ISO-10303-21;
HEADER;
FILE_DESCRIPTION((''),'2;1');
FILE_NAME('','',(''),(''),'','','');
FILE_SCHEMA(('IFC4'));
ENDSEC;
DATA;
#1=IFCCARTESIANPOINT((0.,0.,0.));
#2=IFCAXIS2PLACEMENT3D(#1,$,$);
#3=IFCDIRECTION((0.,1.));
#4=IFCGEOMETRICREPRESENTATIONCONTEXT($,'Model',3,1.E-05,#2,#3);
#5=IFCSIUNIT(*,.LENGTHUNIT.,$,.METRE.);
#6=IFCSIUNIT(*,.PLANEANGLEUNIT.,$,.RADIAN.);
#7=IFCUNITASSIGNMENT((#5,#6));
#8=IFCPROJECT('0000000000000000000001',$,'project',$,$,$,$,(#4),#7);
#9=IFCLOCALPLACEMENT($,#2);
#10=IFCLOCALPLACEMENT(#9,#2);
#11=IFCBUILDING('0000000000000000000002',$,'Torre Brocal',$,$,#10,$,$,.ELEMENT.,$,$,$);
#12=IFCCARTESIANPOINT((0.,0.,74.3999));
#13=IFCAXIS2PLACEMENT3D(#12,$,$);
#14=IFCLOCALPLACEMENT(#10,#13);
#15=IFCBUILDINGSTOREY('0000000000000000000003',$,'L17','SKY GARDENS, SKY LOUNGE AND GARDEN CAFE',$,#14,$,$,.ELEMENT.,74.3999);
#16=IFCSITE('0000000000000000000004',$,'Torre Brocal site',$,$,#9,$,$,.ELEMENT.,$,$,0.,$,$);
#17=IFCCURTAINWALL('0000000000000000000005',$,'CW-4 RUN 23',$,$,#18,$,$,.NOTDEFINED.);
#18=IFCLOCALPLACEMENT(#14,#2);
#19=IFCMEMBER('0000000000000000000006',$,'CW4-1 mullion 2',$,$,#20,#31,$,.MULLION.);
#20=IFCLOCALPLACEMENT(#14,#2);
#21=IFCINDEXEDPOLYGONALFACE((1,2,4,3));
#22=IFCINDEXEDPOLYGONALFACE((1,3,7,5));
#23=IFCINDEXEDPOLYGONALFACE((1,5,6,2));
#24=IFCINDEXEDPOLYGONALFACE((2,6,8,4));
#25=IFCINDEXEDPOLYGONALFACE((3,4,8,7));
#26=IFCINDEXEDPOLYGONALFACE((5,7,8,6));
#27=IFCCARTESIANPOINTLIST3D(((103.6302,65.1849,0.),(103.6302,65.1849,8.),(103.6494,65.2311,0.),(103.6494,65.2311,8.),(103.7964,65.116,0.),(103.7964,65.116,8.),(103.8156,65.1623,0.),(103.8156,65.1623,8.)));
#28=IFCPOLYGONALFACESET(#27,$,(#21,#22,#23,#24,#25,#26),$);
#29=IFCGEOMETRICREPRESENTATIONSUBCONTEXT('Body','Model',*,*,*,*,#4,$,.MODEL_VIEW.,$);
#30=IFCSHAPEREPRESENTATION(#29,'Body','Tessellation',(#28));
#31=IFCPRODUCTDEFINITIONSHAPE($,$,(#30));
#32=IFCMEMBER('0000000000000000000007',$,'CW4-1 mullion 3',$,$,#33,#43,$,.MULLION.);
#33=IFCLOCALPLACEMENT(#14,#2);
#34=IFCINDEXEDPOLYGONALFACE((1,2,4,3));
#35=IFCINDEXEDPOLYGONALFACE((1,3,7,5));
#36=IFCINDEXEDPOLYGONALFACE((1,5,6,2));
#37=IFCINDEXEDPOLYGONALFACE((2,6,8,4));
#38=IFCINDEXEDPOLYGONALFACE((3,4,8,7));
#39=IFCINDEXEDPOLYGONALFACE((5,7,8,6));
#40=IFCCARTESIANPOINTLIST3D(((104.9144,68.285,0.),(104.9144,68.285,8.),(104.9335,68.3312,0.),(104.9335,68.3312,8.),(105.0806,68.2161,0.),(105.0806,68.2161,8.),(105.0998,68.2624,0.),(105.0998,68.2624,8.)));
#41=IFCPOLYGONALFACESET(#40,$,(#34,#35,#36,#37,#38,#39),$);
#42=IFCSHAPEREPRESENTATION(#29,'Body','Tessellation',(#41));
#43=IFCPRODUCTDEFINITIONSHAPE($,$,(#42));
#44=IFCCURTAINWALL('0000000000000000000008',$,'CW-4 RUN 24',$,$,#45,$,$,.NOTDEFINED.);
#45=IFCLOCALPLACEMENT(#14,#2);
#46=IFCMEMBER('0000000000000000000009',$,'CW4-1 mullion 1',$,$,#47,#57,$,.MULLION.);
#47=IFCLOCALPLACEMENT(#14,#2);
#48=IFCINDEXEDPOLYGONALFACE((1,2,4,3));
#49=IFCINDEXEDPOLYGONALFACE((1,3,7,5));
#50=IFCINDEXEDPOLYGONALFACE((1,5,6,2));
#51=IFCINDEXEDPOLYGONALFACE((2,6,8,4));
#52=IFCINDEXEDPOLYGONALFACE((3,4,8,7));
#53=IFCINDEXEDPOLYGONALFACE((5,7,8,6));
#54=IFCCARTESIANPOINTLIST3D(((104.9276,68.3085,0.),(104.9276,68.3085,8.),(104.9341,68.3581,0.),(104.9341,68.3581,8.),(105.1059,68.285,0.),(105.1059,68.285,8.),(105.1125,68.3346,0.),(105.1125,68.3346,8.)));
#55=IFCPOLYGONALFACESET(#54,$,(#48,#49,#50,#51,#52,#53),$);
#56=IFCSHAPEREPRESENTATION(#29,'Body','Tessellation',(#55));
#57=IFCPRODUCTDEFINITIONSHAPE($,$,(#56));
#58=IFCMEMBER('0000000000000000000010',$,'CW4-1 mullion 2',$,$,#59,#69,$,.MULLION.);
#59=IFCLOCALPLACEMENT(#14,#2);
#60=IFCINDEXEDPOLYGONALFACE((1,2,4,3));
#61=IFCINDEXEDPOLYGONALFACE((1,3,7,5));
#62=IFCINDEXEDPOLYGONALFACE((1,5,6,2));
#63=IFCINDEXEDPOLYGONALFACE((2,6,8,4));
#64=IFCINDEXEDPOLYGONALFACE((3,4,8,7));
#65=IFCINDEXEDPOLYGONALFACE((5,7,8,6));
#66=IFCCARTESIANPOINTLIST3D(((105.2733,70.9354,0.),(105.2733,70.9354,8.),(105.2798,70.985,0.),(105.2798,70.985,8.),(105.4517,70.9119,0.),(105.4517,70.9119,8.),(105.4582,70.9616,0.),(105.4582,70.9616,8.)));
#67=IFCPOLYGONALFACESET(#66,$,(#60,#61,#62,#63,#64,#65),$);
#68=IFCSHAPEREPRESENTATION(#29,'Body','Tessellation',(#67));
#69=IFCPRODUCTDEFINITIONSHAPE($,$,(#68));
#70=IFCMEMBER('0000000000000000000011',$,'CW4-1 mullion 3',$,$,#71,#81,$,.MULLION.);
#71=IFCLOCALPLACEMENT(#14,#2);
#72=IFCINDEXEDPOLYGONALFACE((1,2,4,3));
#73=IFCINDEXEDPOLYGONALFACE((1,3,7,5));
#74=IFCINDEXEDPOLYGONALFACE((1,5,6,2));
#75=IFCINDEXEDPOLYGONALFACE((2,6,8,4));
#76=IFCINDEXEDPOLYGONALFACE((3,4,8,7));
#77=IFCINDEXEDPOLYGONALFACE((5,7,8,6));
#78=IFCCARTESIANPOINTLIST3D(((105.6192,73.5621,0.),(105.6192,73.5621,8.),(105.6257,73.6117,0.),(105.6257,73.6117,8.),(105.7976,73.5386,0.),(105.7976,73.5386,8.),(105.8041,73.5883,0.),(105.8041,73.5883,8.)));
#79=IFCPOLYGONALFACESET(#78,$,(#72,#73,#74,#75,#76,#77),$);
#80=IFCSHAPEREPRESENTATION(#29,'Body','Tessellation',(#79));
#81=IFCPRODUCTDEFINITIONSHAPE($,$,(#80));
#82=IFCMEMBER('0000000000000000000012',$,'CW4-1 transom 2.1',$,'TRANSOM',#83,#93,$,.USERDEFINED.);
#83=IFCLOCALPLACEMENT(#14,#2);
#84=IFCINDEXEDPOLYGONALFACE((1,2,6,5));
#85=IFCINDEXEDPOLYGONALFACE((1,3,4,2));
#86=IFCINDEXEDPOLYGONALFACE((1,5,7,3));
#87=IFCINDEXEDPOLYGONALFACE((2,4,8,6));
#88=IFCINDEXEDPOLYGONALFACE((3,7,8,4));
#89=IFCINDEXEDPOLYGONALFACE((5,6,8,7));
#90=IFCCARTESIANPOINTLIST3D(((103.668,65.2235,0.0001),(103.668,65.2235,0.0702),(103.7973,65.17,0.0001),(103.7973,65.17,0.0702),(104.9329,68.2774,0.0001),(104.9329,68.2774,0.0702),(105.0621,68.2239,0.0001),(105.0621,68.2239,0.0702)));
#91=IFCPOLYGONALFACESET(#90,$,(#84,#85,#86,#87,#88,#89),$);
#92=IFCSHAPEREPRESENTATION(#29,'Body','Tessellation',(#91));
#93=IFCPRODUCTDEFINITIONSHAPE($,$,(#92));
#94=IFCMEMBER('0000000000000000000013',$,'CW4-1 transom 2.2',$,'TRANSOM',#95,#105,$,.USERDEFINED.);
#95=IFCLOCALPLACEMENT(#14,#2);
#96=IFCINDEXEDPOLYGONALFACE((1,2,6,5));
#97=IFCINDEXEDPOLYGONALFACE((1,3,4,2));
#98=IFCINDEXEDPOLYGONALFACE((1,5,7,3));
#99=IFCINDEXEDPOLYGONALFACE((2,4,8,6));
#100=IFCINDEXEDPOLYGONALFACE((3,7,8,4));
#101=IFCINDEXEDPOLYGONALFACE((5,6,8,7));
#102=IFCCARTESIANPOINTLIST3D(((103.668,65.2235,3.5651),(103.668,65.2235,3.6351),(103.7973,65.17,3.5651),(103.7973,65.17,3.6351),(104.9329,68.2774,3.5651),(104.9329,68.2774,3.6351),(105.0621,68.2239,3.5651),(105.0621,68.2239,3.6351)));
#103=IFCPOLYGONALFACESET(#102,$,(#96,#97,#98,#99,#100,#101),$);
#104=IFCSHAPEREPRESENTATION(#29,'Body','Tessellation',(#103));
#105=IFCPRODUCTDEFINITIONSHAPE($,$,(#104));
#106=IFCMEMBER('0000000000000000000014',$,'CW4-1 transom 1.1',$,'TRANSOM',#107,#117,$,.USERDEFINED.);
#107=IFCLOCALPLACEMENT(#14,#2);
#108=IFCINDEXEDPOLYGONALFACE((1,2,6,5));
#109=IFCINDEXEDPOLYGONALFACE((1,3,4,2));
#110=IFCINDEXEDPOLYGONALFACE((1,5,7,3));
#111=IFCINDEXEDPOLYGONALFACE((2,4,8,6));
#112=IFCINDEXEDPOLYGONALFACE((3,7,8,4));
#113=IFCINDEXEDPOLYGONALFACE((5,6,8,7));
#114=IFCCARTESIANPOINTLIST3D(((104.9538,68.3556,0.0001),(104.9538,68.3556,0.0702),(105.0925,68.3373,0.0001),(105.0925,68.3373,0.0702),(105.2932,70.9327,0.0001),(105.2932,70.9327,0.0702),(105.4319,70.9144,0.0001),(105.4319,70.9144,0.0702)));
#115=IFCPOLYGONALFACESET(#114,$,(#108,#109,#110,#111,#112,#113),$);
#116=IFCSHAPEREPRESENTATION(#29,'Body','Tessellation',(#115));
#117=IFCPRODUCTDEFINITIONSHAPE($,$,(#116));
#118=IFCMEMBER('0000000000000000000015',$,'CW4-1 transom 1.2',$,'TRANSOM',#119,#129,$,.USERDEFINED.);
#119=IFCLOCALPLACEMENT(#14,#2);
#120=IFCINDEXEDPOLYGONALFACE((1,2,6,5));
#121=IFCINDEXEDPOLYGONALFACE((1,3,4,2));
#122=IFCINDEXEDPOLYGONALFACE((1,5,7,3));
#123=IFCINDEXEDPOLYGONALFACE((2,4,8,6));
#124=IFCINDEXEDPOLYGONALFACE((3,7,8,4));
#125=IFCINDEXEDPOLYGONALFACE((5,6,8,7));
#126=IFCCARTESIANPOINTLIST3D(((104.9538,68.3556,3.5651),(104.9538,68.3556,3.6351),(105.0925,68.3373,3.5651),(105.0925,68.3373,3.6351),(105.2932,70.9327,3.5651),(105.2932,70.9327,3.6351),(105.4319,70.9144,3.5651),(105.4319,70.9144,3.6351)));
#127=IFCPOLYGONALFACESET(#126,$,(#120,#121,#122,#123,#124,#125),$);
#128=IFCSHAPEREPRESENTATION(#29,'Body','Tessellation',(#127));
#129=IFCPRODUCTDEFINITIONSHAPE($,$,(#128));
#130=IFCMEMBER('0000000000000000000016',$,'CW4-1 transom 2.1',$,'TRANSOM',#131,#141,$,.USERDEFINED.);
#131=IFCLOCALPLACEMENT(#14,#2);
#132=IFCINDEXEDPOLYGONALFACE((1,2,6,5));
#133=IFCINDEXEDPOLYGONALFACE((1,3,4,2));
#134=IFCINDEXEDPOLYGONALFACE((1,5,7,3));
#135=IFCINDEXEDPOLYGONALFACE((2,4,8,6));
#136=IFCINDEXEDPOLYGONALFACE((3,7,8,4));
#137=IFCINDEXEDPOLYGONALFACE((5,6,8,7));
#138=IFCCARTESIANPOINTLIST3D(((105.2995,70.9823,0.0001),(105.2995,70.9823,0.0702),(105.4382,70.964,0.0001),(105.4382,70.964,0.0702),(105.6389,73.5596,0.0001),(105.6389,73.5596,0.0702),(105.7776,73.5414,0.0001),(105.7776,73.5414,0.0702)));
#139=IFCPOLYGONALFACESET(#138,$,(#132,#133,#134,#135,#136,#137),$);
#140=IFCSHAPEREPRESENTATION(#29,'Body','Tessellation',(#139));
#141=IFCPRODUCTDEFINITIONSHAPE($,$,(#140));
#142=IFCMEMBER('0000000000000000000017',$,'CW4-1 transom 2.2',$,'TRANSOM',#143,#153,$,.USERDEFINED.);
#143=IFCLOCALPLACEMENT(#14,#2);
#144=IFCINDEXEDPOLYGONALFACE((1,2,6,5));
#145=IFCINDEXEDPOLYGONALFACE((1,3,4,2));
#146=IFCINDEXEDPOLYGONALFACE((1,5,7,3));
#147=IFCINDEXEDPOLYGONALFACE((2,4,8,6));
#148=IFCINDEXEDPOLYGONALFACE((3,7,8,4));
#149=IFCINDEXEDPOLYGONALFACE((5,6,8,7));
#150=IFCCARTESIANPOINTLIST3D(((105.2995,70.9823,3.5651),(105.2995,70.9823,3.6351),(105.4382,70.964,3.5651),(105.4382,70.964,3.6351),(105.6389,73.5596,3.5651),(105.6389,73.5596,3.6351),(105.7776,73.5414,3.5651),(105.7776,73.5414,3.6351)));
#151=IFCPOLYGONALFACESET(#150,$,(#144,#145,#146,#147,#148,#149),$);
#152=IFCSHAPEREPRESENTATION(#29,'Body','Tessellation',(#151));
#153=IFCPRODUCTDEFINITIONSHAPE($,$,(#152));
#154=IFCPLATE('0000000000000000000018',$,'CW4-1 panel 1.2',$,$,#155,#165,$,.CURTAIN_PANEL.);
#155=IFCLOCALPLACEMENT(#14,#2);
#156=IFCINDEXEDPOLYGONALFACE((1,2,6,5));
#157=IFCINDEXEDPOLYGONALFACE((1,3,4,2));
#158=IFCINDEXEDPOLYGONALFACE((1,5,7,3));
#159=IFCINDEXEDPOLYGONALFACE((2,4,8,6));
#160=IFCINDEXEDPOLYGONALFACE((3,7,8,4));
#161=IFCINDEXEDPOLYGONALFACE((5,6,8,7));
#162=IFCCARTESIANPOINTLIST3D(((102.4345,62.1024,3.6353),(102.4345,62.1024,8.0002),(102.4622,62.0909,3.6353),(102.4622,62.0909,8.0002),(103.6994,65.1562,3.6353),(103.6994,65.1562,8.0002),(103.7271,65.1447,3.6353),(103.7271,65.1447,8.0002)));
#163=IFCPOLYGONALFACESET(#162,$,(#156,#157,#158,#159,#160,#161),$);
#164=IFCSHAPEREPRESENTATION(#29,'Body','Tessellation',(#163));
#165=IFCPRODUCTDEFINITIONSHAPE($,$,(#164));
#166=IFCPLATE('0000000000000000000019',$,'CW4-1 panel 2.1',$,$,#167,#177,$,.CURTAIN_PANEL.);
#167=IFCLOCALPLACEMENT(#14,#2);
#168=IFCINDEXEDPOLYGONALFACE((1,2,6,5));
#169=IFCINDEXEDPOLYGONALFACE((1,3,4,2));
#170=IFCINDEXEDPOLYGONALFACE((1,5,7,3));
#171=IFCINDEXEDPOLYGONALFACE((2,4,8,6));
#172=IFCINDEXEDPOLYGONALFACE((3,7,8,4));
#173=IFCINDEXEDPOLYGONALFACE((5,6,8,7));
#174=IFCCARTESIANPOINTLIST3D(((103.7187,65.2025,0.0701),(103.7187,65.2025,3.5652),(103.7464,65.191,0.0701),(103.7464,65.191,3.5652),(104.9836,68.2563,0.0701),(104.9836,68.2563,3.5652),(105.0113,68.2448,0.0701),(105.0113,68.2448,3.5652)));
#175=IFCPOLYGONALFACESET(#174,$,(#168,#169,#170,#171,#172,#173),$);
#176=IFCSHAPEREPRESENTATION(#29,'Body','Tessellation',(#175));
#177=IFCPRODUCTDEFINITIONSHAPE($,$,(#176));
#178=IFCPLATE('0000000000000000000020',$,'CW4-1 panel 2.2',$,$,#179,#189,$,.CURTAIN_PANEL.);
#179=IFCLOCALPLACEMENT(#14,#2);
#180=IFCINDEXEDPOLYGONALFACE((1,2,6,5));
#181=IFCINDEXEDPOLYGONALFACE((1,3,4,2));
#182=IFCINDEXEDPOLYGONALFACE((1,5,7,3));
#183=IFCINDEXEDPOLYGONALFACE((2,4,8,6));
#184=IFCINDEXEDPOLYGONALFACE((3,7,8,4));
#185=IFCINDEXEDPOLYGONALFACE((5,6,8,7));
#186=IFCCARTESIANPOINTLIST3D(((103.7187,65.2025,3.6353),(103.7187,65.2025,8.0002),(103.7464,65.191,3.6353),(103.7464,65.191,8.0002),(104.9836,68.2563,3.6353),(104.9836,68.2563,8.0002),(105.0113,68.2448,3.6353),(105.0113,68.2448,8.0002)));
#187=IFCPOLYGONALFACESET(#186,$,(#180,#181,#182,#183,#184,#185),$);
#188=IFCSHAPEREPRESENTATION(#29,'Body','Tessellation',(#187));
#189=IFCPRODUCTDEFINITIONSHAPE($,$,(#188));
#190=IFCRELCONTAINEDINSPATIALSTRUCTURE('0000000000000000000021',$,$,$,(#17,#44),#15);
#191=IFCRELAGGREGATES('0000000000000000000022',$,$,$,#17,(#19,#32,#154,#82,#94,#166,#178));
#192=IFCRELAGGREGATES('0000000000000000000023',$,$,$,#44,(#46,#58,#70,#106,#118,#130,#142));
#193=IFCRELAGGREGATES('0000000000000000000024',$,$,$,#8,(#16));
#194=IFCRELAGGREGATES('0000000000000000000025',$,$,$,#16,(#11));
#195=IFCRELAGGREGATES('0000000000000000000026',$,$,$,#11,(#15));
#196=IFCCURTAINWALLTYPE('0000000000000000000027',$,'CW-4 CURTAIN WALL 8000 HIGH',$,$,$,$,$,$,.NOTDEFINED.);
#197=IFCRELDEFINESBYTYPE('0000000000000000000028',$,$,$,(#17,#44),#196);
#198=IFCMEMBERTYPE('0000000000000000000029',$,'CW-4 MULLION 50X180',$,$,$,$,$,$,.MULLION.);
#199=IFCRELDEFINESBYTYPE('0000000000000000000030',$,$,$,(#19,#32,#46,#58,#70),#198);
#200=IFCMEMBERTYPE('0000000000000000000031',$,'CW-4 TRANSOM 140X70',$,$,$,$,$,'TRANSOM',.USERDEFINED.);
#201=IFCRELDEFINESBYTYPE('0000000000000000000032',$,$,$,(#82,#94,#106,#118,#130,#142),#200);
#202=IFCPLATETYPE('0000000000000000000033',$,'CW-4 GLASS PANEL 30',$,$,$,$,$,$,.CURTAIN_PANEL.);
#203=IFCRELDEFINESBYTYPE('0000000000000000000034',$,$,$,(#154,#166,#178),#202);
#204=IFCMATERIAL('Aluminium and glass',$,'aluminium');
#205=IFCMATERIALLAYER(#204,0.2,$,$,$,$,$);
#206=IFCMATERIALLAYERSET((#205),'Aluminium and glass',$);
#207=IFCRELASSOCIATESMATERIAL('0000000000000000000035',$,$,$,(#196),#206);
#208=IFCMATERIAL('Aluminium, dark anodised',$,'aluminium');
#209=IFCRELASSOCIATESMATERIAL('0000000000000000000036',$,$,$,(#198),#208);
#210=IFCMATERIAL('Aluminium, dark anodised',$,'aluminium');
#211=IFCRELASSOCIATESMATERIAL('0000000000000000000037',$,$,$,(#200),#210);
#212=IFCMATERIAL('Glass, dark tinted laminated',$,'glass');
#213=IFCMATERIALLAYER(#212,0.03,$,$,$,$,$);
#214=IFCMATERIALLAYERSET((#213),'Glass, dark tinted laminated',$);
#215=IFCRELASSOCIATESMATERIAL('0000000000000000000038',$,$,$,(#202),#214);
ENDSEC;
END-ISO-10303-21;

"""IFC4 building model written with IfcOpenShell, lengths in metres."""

from ifc_helpers import new_model, si_unit, direction, frame, origin, origin_2d, place, context, subcontext, project, spatial, rectangle, extrude, material, layer, layer_set, material_profile, profile_set, type_object, element, aggregate, save


model = new_model("IFC4")

# Units and contexts
model_context = context("Model", 3, precision=1e-05, world=origin(), true_north=direction((0.0, 1.0)))
body_context = subcontext(model_context, "Body", "Model", "MODEL_VIEW")
ifc_project = project(units=[si_unit("LENGTHUNIT", "METRE"), si_unit("PLANEANGLEUNIT", "RADIAN")], contexts=[model_context])

# Site, building, storey
site_placement = place(None, origin())
site = spatial("IfcSite", under=ifc_project, at=site_placement, Name="Torre Brocal site", CompositionType="ELEMENT", RefElevation=0.0)
building_placement = place(site_placement, origin())
building = spatial("IfcBuilding", under=site, at=building_placement, Name="Torre Brocal", CompositionType="ELEMENT")
storey_placement = place(building_placement, frame((0.0, 0.0, 74.3999)))
storey = spatial("IfcBuildingStorey", under=building, at=storey_placement, Name="L17", Description="SKY GARDENS, SKY LOUNGE AND GARDEN CAFE", CompositionType="ELEMENT", Elevation=74.3999)

# Curtain walls, members
ifc_material_1 = material(Name="Aluminium and glass", Category="aluminium")
ifc_layer_1 = layer(ifc_material_1, 0.2)
ifc_layer_set_1 = layer_set([ifc_layer_1], Name="Aluminium and glass")
curtain_wall_type = type_object("IfcCurtainWallType", Name="CW-4 CURTAIN WALL 8000 HIGH", PredefinedType="NOTDEFINED", material=ifc_layer_set_1)
curtain_wall_1_placement = place(storey_placement, origin())
curtain_wall_1 = element("IfcCurtainWall", 1, at=curtain_wall_1_placement, inside=storey, type_object=curtain_wall_type, Name="CW-4 RUN 23", PredefinedType="NOTDEFINED")
ifc_material_2 = material(Name="Aluminium, dark anodised", Category="aluminium")
ifc_material_profile_1 = material_profile(ifc_material_2, rectangle(XDim=0.1799, YDim=0.05, at=origin_2d()), Name="CW-4 MULLION 50X180")
ifc_profile_set_1 = profile_set([ifc_material_profile_1], Name="Aluminium, dark anodised")
member_type_1 = type_object("IfcMemberType", Name="CW-4 MULLION 50X180", PredefinedType="MULLION", material=ifc_profile_set_1)
member_1_placement = place(storey_placement, frame((103.7229, 65.1736, 0.0), z_axis=(0.0, 0.0, 1.0), x_axis=(-0.92388, 0.382683, 0.0)))
member_1 = element("IfcMember", 2, at=member_1_placement, type_object=member_type_1, Name="CW4-1 mullion 2", PredefinedType="MULLION", context=body_context, shape_type="SweptSolid", body=[
    extrude(rectangle(XDim=0.1799, YDim=0.05, at=origin_2d()), origin(), (0.0, 0.0, 1.0), 8.0),
])
member_2_placement = place(storey_placement, frame((105.0071, 68.2737, 0.0), z_axis=(0.0, 0.0, 1.0), x_axis=(-0.92388, 0.382683, 0.0)))
member_2 = element("IfcMember", 3, at=member_2_placement, type_object=member_type_1, Name="CW4-1 mullion 3", PredefinedType="MULLION", context=body_context, shape_type="SweptSolid", body=[
    extrude(rectangle(XDim=0.1799, YDim=0.05, at=origin_2d()), origin(), (0.0, 0.0, 1.0), 8.0),
])
curtain_wall_2_placement = place(storey_placement, origin())
curtain_wall_2 = element("IfcCurtainWall", 4, at=curtain_wall_2_placement, inside=storey, type_object=curtain_wall_type, Name="CW-4 RUN 24", PredefinedType="NOTDEFINED")
member_3_placement = place(storey_placement, frame((105.02, 68.3215, 0.0), z_axis=(0.0, 0.0, 1.0), x_axis=(-0.991445, 0.130526, 0.0)))
member_3 = element("IfcMember", 5, at=member_3_placement, type_object=member_type_1, Name="CW4-1 mullion 1", PredefinedType="MULLION", context=body_context, shape_type="SweptSolid", body=[
    extrude(rectangle(XDim=0.1799, YDim=0.05, at=origin_2d()), origin(), (0.0, 0.0, 1.0), 8.0),
])
member_4_placement = place(storey_placement, frame((105.3657, 70.9485, 0.0), z_axis=(0.0, 0.0, 1.0), x_axis=(-0.991445, 0.130526, 0.0)))
member_4 = element("IfcMember", 6, at=member_4_placement, type_object=member_type_1, Name="CW4-1 mullion 2", PredefinedType="MULLION", context=body_context, shape_type="SweptSolid", body=[
    extrude(rectangle(XDim=0.1799, YDim=0.05, at=origin_2d()), origin(), (0.0, 0.0, 1.0), 8.0),
])
member_5_placement = place(storey_placement, frame((105.7117, 73.5752, 0.0), z_axis=(0.0, 0.0, 1.0), x_axis=(-0.991445, 0.130526, 0.0)))
member_5 = element("IfcMember", 7, at=member_5_placement, type_object=member_type_1, Name="CW4-1 mullion 3", PredefinedType="MULLION", context=body_context, shape_type="SweptSolid", body=[
    extrude(rectangle(XDim=0.1799, YDim=0.05, at=origin_2d()), origin(), (0.0, 0.0, 1.0), 8.0),
])

# Members
ifc_material_3 = material(Name="Aluminium, dark anodised", Category="aluminium")
ifc_material_profile_2 = material_profile(ifc_material_3, rectangle(XDim=0.1399, YDim=0.0701, at=origin_2d()), Name="CW-4 TRANSOM 140X70")
ifc_profile_set_2 = profile_set([ifc_material_profile_2], Name="Aluminium, dark anodised")
member_type_2 = type_object("IfcMemberType", Name="CW-4 TRANSOM 140X70", ElementType="TRANSOM", PredefinedType="USERDEFINED", material=ifc_profile_set_2)
member_6_placement = place(storey_placement, frame((103.7327, 65.1968, 0.0352), z_axis=(0.382658, 0.92389, 0.0), x_axis=(-0.92389, 0.382658, 0.0)))
member_6 = element("IfcMember", 8, at=member_6_placement, type_object=member_type_2, Name="CW4-1 transom 2.1", ObjectType="TRANSOM", PredefinedType="USERDEFINED", context=body_context, shape_type="SweptSolid", body=[
    extrude(rectangle(XDim=0.1399, YDim=0.0701, at=origin_2d()), origin(), (0.0, 0.0, 1.0), 3.3054),
])
member_7_placement = place(storey_placement, frame((103.7327, 65.1968, 3.6001), z_axis=(0.382658, 0.92389, 0.0), x_axis=(-0.92389, 0.382658, 0.0)))
member_7 = element("IfcMember", 9, at=member_7_placement, type_object=member_type_2, Name="CW4-1 transom 2.2", ObjectType="TRANSOM", PredefinedType="USERDEFINED", context=body_context, shape_type="SweptSolid", body=[
    extrude(rectangle(XDim=0.1399, YDim=0.0701, at=origin_2d()), origin(), (0.0, 0.0, 1.0), 3.3054),
])
member_8_placement = place(storey_placement, frame((105.0232, 68.3464, 0.0352), z_axis=(0.130552, 0.991442, 0.0), x_axis=(-0.991442, 0.130552, 0.0)))
member_8 = element("IfcMember", 10, at=member_8_placement, type_object=member_type_2, Name="CW4-1 transom 1.1", ObjectType="TRANSOM", PredefinedType="USERDEFINED", context=body_context, shape_type="SweptSolid", body=[
    extrude(rectangle(XDim=0.1399, YDim=0.0701, at=origin_2d()), origin(), (0.0, 0.0, 1.0), 2.5994),
])
member_9_placement = place(storey_placement, frame((105.0232, 68.3464, 3.6001), z_axis=(0.130552, 0.991442, 0.0), x_axis=(-0.991442, 0.130552, 0.0)))
member_9 = element("IfcMember", 11, at=member_9_placement, type_object=member_type_2, Name="CW4-1 transom 1.2", ObjectType="TRANSOM", PredefinedType="USERDEFINED", context=body_context, shape_type="SweptSolid", body=[
    extrude(rectangle(XDim=0.1399, YDim=0.0701, at=origin_2d()), origin(), (0.0, 0.0, 1.0), 2.5994),
])
member_10_placement = place(storey_placement, frame((105.3689, 70.9731, 0.0352), z_axis=(0.13054, 0.991443, 0.0), x_axis=(-0.991443, 0.13054, 0.0)))
member_10 = element("IfcMember", 12, at=member_10_placement, type_object=member_type_2, Name="CW4-1 transom 2.1", ObjectType="TRANSOM", PredefinedType="USERDEFINED", context=body_context, shape_type="SweptSolid", body=[
    extrude(rectangle(XDim=0.1399, YDim=0.0701, at=origin_2d()), origin(), (0.0, 0.0, 1.0), 2.5996),
])
member_11_placement = place(storey_placement, frame((105.3689, 70.9731, 3.6001), z_axis=(0.13054, 0.991443, 0.0), x_axis=(-0.991443, 0.13054, 0.0)))
member_11 = element("IfcMember", 13, at=member_11_placement, type_object=member_type_2, Name="CW4-1 transom 2.2", ObjectType="TRANSOM", PredefinedType="USERDEFINED", context=body_context, shape_type="SweptSolid", body=[
    extrude(rectangle(XDim=0.1399, YDim=0.0701, at=origin_2d()), origin(), (0.0, 0.0, 1.0), 2.5996),
])

# Plates
ifc_material_4 = material(Name="Glass, dark tinted laminated", Category="glass")
ifc_layer_2 = layer(ifc_material_4, 0.03)
ifc_layer_set_2 = layer_set([ifc_layer_2], Name="Glass, dark tinted laminated")
plate_type = type_object("IfcPlateType", Name="CW-4 GLASS PANEL 30", PredefinedType="CURTAIN_PANEL", material=ifc_layer_set_2)
plate_1_placement = place(storey_placement, frame((103.0808, 63.6235, 3.6353), z_axis=(0.0, 0.0, 1.0), x_axis=(0.382683, 0.92388, 0.0)))
plate_1 = element("IfcPlate", 14, at=plate_1_placement, type_object=plate_type, Name="CW4-1 panel 1.2", PredefinedType="CURTAIN_PANEL", context=body_context, shape_type="SweptSolid", body=[
    extrude(rectangle(XDim=3.3054, YDim=0.03, at=origin_2d()), origin(), (0.0, 0.0, 1.0), 4.365),
])
plate_2_placement = place(storey_placement, frame((104.365, 66.7236, 0.0701), z_axis=(0.0, 0.0, 1.0), x_axis=(0.382683, 0.92388, 0.0)))
plate_2 = element("IfcPlate", 15, at=plate_2_placement, type_object=plate_type, Name="CW4-1 panel 2.1", PredefinedType="CURTAIN_PANEL", context=body_context, shape_type="SweptSolid", body=[
    extrude(rectangle(XDim=3.3054, YDim=0.03, at=origin_2d()), origin(), (0.0, 0.0, 1.0), 3.4951),
])
plate_3_placement = place(storey_placement, frame((104.365, 66.7236, 3.6353), z_axis=(0.0, 0.0, 1.0), x_axis=(0.382683, 0.92388, 0.0)))
plate_3 = element("IfcPlate", 16, at=plate_3_placement, type_object=plate_type, Name="CW4-1 panel 2.2", PredefinedType="CURTAIN_PANEL", context=body_context, shape_type="SweptSolid", body=[
    extrude(rectangle(XDim=3.3054, YDim=0.03, at=origin_2d()), origin(), (0.0, 0.0, 1.0), 4.365),
])
aggregate(curtain_wall_1, [member_1, member_2, plate_1, member_6, member_7, plate_2, plate_3])
aggregate(curtain_wall_2, [member_3, member_4, member_5, member_8, member_9, member_10, member_11])

save(model, "model.ifc")
